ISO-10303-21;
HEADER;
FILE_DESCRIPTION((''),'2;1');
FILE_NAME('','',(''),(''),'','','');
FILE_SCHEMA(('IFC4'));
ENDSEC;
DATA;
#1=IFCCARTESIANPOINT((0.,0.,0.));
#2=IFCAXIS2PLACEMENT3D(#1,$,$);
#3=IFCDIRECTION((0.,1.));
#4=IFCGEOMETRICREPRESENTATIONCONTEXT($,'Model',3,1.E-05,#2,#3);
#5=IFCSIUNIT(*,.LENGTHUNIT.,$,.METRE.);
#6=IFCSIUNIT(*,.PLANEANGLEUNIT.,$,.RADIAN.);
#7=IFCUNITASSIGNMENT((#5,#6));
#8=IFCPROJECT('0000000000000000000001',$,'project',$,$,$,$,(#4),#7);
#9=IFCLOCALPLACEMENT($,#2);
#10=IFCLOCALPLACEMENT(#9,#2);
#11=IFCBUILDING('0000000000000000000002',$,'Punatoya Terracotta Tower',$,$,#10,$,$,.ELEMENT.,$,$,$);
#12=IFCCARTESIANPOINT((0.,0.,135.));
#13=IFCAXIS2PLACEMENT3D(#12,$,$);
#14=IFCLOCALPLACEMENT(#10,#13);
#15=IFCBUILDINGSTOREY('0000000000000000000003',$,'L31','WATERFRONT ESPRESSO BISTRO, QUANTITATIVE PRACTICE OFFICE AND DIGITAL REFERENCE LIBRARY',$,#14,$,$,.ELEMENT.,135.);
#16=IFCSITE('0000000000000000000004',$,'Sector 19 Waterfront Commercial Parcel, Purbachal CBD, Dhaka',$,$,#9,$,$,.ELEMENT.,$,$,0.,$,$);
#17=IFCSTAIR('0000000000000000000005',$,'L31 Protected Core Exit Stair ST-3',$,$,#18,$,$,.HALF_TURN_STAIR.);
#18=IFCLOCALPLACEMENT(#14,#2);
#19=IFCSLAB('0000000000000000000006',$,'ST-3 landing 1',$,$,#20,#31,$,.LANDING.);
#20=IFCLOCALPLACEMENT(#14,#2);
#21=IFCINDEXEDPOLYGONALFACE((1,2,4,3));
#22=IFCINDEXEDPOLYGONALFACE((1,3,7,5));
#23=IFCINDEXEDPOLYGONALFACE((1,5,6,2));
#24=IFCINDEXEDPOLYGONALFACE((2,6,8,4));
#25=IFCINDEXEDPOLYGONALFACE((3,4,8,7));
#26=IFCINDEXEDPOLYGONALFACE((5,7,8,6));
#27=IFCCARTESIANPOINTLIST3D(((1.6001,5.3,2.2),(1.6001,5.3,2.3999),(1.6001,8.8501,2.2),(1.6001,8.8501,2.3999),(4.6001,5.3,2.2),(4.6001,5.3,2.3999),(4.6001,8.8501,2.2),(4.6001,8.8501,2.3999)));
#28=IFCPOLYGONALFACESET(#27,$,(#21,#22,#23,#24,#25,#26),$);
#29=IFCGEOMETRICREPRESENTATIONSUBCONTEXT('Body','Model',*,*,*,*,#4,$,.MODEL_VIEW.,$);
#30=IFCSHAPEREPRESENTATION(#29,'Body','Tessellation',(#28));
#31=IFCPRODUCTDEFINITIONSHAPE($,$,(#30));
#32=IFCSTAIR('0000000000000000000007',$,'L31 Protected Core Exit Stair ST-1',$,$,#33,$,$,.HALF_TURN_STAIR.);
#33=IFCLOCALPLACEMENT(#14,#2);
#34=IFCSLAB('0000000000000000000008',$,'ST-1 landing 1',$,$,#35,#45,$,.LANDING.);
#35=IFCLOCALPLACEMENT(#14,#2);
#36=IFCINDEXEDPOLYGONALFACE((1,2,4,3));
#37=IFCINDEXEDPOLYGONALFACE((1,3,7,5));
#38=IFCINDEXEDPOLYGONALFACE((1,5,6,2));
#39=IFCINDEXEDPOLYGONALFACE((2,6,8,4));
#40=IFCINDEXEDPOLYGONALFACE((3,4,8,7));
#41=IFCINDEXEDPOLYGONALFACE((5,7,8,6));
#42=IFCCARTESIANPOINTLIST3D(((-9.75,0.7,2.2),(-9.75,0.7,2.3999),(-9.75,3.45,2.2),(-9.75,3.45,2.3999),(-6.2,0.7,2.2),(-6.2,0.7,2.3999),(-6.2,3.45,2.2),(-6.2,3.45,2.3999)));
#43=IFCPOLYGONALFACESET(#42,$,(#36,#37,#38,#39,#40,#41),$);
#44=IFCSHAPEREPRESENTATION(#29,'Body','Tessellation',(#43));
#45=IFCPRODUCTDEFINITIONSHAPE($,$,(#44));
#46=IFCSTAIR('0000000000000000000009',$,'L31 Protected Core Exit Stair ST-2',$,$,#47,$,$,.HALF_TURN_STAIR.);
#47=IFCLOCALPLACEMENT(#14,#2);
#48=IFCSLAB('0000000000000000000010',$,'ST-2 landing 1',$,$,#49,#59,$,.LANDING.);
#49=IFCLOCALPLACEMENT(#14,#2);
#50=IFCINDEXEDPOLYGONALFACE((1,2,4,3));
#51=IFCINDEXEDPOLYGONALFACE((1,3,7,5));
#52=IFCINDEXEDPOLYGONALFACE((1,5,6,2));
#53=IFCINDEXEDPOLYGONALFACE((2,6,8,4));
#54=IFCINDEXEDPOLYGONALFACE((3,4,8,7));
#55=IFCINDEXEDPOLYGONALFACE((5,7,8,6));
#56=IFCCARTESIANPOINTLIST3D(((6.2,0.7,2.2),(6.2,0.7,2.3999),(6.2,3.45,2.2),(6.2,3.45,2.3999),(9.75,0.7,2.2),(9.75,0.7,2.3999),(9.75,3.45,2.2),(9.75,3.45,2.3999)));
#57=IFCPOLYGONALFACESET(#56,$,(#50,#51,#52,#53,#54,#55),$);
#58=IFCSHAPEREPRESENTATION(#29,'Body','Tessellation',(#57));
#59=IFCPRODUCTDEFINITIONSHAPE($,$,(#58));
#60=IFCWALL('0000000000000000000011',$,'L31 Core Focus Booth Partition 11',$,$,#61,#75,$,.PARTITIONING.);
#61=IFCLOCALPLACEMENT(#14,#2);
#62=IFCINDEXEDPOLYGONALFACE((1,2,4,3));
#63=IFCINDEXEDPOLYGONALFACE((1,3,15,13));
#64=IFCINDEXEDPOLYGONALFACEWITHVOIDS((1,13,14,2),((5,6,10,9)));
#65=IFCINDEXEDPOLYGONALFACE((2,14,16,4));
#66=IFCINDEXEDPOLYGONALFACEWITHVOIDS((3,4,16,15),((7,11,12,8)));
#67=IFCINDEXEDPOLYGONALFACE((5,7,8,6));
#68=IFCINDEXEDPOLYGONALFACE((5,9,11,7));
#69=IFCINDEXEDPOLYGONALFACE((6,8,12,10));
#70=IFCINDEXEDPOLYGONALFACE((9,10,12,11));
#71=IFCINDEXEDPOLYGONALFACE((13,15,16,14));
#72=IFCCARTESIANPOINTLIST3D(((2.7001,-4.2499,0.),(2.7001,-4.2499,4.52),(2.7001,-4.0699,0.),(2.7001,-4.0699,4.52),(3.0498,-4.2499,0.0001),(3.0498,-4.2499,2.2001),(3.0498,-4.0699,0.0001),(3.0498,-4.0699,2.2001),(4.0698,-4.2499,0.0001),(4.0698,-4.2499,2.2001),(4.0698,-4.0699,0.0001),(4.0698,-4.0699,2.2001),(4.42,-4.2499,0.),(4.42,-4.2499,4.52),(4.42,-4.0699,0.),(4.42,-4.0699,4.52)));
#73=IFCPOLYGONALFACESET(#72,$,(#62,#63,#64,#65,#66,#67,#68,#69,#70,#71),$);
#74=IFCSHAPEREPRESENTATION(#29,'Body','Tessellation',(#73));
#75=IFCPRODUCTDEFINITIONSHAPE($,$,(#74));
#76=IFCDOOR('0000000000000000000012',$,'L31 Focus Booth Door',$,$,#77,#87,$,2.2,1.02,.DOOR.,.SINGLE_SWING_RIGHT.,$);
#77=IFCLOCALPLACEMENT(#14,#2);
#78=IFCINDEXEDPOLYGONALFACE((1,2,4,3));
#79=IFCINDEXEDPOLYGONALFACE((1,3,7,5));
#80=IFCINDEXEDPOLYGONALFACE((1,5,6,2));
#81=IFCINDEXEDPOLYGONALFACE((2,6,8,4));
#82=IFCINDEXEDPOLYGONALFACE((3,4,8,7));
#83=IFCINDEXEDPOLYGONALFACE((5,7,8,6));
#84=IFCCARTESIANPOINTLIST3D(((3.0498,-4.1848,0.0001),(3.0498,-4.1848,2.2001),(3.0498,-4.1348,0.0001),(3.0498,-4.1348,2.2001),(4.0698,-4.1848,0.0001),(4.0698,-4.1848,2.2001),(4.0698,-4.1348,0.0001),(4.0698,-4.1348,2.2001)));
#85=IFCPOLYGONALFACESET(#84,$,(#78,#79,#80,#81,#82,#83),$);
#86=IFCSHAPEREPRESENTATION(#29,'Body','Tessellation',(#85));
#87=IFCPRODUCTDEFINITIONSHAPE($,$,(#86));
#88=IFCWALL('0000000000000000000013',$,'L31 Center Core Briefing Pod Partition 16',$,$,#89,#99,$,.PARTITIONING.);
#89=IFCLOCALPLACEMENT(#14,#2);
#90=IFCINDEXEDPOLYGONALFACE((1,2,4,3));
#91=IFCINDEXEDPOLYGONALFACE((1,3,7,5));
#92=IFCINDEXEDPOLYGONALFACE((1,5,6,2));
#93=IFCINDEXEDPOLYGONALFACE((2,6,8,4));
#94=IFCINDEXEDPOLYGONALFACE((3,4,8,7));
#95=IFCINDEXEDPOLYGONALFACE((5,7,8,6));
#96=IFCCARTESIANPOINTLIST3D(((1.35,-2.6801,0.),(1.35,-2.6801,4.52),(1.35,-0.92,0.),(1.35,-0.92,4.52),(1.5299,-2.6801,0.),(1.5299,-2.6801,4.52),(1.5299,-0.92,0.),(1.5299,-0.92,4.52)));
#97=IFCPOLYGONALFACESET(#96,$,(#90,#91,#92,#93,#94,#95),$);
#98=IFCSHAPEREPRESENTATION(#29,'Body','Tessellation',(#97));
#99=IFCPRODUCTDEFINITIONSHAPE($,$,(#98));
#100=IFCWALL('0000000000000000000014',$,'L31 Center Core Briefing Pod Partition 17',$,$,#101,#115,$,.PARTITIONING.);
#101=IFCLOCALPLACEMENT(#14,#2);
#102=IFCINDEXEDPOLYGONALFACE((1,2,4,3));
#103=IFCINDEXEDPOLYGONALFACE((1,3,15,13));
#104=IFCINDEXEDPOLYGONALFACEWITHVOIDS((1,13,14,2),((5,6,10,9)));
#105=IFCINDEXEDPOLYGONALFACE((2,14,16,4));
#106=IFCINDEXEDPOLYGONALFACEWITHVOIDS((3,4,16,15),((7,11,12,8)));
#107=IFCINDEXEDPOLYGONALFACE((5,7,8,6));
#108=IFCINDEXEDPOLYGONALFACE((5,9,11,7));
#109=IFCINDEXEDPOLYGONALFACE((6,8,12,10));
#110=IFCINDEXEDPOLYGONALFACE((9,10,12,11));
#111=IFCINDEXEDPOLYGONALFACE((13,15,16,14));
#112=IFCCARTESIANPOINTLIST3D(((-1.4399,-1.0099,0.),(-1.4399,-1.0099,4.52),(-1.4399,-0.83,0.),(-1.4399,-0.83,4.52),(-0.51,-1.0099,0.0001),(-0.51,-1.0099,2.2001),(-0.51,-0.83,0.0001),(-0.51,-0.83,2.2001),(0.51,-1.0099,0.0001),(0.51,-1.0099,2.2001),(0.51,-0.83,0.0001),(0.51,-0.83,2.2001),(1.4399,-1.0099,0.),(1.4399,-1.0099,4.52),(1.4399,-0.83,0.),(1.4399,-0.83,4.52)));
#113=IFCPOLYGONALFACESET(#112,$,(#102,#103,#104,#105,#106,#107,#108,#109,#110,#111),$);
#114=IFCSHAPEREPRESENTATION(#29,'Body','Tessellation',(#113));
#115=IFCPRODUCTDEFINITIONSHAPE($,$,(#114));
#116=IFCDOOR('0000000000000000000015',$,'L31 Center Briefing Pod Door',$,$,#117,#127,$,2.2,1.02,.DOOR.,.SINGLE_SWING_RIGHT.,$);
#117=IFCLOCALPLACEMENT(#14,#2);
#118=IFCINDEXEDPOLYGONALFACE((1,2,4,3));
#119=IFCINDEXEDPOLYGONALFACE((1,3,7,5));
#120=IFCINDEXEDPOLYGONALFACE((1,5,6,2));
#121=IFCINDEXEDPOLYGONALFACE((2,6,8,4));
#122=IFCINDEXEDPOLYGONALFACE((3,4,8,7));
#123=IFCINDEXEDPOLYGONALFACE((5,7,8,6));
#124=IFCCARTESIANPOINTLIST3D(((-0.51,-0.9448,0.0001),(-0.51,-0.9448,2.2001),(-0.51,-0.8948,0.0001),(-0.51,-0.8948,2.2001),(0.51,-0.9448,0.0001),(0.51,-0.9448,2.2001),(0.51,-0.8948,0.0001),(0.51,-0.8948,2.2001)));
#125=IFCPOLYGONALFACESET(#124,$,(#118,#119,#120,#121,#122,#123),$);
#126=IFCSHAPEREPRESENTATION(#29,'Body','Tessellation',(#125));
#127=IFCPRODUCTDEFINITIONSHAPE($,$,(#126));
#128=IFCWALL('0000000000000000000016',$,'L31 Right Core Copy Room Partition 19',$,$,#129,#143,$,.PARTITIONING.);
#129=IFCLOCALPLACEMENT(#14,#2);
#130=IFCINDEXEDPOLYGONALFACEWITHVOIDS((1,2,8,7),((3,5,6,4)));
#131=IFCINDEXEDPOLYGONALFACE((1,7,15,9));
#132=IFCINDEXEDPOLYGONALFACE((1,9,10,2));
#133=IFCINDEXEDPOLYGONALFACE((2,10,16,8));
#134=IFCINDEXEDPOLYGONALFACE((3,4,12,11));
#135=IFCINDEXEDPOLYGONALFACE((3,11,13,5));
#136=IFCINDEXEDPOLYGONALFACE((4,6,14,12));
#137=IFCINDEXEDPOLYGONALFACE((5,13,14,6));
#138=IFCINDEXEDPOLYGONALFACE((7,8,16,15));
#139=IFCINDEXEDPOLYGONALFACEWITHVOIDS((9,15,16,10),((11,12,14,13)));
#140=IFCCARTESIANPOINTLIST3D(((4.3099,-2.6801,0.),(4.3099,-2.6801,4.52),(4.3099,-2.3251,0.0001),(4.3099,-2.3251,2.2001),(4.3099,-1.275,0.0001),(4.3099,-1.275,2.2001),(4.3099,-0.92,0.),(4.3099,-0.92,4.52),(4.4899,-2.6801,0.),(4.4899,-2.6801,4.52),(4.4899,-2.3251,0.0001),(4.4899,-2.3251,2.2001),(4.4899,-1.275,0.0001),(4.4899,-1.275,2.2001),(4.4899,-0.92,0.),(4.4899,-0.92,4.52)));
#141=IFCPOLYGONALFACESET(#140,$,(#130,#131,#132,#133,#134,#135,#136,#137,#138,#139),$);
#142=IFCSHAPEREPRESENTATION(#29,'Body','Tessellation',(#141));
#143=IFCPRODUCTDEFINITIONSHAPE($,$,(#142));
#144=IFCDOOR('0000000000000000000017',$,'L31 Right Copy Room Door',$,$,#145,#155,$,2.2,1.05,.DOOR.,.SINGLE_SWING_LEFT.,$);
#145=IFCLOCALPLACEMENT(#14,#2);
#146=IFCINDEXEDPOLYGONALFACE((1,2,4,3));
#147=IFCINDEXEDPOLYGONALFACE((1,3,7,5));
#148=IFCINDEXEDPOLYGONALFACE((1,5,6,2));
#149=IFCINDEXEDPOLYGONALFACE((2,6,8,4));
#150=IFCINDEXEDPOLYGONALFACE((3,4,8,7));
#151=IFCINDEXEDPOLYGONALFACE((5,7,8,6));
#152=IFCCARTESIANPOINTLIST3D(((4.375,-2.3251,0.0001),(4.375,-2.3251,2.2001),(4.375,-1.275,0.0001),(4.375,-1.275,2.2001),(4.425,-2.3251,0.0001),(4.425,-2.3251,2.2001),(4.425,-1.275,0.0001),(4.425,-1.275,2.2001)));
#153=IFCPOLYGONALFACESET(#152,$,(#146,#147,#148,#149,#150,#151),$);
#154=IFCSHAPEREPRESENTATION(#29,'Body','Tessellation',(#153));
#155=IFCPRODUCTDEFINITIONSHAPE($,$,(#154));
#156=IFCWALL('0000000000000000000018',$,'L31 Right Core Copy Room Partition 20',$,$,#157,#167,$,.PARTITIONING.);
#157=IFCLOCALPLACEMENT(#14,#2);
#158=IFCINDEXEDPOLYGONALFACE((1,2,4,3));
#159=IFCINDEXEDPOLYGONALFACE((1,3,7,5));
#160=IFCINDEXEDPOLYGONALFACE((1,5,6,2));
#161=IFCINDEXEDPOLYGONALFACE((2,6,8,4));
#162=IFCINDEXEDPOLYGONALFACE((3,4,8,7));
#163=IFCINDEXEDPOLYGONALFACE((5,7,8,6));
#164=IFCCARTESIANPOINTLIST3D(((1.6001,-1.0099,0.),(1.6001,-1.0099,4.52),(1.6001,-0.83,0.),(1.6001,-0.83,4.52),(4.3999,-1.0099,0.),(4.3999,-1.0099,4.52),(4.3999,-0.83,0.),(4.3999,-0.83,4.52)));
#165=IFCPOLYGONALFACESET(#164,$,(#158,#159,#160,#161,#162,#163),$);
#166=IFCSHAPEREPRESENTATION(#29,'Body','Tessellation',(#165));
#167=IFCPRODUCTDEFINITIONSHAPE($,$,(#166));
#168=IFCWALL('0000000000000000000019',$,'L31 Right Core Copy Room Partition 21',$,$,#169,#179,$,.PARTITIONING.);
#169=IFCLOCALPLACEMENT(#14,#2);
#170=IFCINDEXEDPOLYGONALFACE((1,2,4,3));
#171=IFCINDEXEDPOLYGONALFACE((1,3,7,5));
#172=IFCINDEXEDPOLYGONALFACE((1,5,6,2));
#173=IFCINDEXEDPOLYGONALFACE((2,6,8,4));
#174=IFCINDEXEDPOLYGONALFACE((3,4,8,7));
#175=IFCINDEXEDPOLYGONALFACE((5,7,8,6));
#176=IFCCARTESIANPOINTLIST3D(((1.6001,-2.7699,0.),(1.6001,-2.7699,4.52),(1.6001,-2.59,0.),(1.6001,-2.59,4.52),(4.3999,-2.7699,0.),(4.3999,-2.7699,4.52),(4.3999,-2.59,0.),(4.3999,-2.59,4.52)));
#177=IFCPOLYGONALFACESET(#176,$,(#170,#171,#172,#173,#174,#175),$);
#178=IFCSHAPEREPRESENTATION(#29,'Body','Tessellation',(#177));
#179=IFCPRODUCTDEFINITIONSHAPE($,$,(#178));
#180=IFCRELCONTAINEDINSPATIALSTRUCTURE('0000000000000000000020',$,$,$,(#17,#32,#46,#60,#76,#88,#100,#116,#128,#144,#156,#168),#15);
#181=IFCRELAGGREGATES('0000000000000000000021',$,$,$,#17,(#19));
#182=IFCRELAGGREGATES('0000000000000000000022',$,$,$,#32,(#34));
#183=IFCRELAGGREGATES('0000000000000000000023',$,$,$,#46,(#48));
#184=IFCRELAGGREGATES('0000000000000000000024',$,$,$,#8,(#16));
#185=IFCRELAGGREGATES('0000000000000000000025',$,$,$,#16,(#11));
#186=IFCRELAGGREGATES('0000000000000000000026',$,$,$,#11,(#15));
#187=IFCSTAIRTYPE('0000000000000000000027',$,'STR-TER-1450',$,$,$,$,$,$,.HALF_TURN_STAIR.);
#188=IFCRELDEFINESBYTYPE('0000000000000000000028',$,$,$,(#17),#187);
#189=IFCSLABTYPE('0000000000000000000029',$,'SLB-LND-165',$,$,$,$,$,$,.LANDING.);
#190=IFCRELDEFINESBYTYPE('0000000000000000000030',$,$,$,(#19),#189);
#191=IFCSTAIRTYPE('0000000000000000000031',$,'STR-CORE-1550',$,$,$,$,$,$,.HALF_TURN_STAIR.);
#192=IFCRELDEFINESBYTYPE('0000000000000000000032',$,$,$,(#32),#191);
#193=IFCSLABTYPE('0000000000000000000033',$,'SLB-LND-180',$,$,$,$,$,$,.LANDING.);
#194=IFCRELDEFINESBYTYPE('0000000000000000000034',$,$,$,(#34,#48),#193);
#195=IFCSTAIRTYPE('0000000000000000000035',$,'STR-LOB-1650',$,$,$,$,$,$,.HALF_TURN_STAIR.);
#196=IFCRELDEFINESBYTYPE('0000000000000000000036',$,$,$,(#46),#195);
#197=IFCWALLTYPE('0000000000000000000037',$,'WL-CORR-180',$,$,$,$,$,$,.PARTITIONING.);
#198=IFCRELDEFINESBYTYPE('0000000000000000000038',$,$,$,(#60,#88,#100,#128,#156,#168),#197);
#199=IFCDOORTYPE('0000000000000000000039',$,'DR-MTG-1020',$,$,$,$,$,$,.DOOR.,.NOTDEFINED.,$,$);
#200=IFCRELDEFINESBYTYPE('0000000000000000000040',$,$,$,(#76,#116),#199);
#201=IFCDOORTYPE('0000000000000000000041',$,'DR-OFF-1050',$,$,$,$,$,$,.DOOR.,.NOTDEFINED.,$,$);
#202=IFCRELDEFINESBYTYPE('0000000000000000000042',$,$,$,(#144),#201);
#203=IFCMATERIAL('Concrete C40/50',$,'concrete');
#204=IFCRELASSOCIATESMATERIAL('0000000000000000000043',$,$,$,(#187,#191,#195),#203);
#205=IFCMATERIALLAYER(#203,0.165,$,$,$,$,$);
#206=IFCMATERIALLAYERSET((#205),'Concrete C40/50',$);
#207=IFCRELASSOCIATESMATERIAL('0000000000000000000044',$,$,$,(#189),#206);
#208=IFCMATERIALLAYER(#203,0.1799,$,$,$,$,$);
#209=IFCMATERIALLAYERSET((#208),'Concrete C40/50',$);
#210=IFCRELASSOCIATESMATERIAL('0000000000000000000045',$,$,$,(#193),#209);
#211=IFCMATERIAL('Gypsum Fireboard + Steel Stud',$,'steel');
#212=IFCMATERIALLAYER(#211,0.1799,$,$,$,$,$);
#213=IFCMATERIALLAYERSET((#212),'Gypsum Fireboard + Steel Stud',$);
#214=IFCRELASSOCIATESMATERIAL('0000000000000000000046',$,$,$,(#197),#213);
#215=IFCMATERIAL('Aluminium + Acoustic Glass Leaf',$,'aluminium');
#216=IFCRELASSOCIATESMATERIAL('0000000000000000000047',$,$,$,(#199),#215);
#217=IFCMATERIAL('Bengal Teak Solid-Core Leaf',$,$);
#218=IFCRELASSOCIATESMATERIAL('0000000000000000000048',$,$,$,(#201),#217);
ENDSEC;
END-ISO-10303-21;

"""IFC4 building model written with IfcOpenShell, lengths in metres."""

from ifc_helpers import new_model, si_unit, direction, frame, frame_2d, origin, place, context, subcontext, project, spatial, polyline, rectangle, outline, extrude, material, layer, layer_set, type_object, element, fill, aggregate, save


model = new_model("IFC4")

# Units and contexts
model_context = context("Model", 3, precision=1e-05, world=origin(), true_north=direction((0.0, 1.0)))
body_context = subcontext(model_context, "Body", "Model", "MODEL_VIEW")
ifc_project = project(units=[si_unit("LENGTHUNIT", "METRE"), si_unit("PLANEANGLEUNIT", "RADIAN")], contexts=[model_context])

# Site, building, storey
site_placement = place(None, origin())
site = spatial("IfcSite", under=ifc_project, at=site_placement, Name="Sector 19 Waterfront Commercial Parcel, Purbachal CBD, Dhaka", CompositionType="ELEMENT", RefElevation=0.0)
building_placement = place(site_placement, origin())
building = spatial("IfcBuilding", under=site, at=building_placement, Name="Punatoya Terracotta Tower", CompositionType="ELEMENT")
storey_placement = place(building_placement, frame((0.0, 0.0, 135.0)))
storey = spatial("IfcBuildingStorey", under=building, at=storey_placement, Name="L31", Description="WATERFRONT ESPRESSO BISTRO, QUANTITATIVE PRACTICE OFFICE AND DIGITAL REFERENCE LIBRARY", CompositionType="ELEMENT", Elevation=135.0)

# Stairs, slabs
ifc_material_1 = material(Name="Concrete C40/50", Category="concrete")
stair_type_1 = type_object("IfcStairType", Name="STR-TER-1450", PredefinedType="HALF_TURN_STAIR", material=ifc_material_1)
stair_1_placement = place(storey_placement, origin())
stair_1 = element("IfcStair", 1, at=stair_1_placement, inside=storey, type_object=stair_type_1, Name="L31 Protected Core Exit Stair ST-3", PredefinedType="HALF_TURN_STAIR")
ifc_layer_1 = layer(ifc_material_1, 0.165)
ifc_layer_set_1 = layer_set([ifc_layer_1], Name="Concrete C40/50")
slab_type_1 = type_object("IfcSlabType", Name="SLB-LND-165", PredefinedType="LANDING", material=ifc_layer_set_1)
slab_1_placement = place(storey_placement, frame((0.0, 0.0, 2.2)))
slab_1 = element("IfcSlab", 2, at=slab_1_placement, type_object=slab_type_1, Name="ST-3 landing 1", PredefinedType="LANDING", context=body_context, shape_type="SweptSolid", body=[
    extrude(outline(polyline([(1.6001, 5.3), (4.6001, 5.3), (4.6001, 8.8501), (1.6001, 8.8501), (1.6001, 5.3)])), origin(), (0.0, 0.0, 1.0), 0.2),
])
aggregate(stair_1, [slab_1])
stair_type_2 = type_object("IfcStairType", Name="STR-CORE-1550", PredefinedType="HALF_TURN_STAIR", material=ifc_material_1)
stair_2_placement = place(storey_placement, origin())
stair_2 = element("IfcStair", 3, at=stair_2_placement, inside=storey, type_object=stair_type_2, Name="L31 Protected Core Exit Stair ST-1", PredefinedType="HALF_TURN_STAIR")
ifc_layer_2 = layer(ifc_material_1, 0.1799)
ifc_layer_set_2 = layer_set([ifc_layer_2], Name="Concrete C40/50")
slab_type_2 = type_object("IfcSlabType", Name="SLB-LND-180", PredefinedType="LANDING", material=ifc_layer_set_2)
slab_2_placement = place(storey_placement, frame((0.0, 0.0, 2.2)))
slab_2 = element("IfcSlab", 4, at=slab_2_placement, type_object=slab_type_2, Name="ST-1 landing 1", PredefinedType="LANDING", context=body_context, shape_type="SweptSolid", body=[
    extrude(outline(polyline([(-6.2, 0.7), (-6.2, 3.45), (-9.75, 3.45), (-9.75, 0.7), (-6.2, 0.7)])), origin(), (0.0, 0.0, 1.0), 0.2),
])
aggregate(stair_2, [slab_2])
stair_type_3 = type_object("IfcStairType", Name="STR-LOB-1650", PredefinedType="HALF_TURN_STAIR", material=ifc_material_1)
stair_3_placement = place(storey_placement, origin())
stair_3 = element("IfcStair", 5, at=stair_3_placement, inside=storey, type_object=stair_type_3, Name="L31 Protected Core Exit Stair ST-2", PredefinedType="HALF_TURN_STAIR")
slab_3_placement = place(storey_placement, frame((0.0, 0.0, 2.2)))
slab_3 = element("IfcSlab", 6, at=slab_3_placement, type_object=slab_type_2, Name="ST-2 landing 1", PredefinedType="LANDING", context=body_context, shape_type="SweptSolid", body=[
    extrude(outline(polyline([(9.75, 0.7), (9.75, 3.45), (6.2, 3.45), (6.2, 0.7), (9.75, 0.7)])), origin(), (0.0, 0.0, 1.0), 0.2),
])
aggregate(stair_3, [slab_3])

# Wall, opening, door
ifc_material_2 = material(Name="Gypsum Fireboard + Steel Stud", Category="steel")
ifc_layer_3 = layer(ifc_material_2, 0.1799)
ifc_layer_set_3 = layer_set([ifc_layer_3], Name="Gypsum Fireboard + Steel Stud")
wall_type_1 = type_object("IfcWallType", Name="WL-CORR-180", PredefinedType="PARTITIONING", material=ifc_layer_set_3)
wall_1_placement = place(storey_placement, frame((4.4199, -4.1599, 0.0), z_axis=(0.0, 0.0, 1.0), x_axis=(-1.0, 0.0, 0.0)))
wall_1 = element("IfcWall", 7, at=wall_1_placement, inside=storey, type_object=wall_type_1, Name="L31 Core Focus Booth Partition 11", PredefinedType="PARTITIONING", context=body_context, shape_type="SweptSolid", body=[
    extrude(rectangle(XDim=1.72, YDim=0.1799, at=frame_2d((0.8599, 0.0))), origin(), (0.0, 0.0, 1.0), 4.52),
])
opening_1_placement = place(wall_1_placement, frame((0.3501, 0.0, 0.0)))
opening_1 = element("IfcOpeningElement", 8, at=opening_1_placement, cuts=wall_1, PredefinedType="OPENING", context=body_context, shape_type="SweptSolid", body=[
    extrude(rectangle(XDim=1.02, YDim=2.2, at=frame_2d((0.51, 1.1001))), frame((0.0, 0.0999, 0.0), z_axis=(0.0, -1.0, 0.0), x_axis=(1.0, 0.0, 0.0)), (0.0, 0.0, 1.0), 0.2),
])
ifc_material_3 = material(Name="Aluminium + Acoustic Glass Leaf", Category="aluminium")
door_type_1 = type_object("IfcDoorType", Name="DR-MTG-1020", OperationType="NOTDEFINED", PredefinedType="DOOR", material=ifc_material_3)
door_1_placement = place(opening_1_placement, origin())
door_1 = element("IfcDoor", 9, at=door_1_placement, inside=storey, type_object=door_type_1, Name="L31 Focus Booth Door", OperationType="SINGLE_SWING_RIGHT", OverallHeight=2.2, OverallWidth=1.02, PredefinedType="DOOR", context=body_context, shape_type="SweptSolid", body=[
    extrude(rectangle(XDim=1.02, YDim=2.2, at=frame_2d((0.51, 1.1001))), frame((0.0, 0.0249, 0.0), z_axis=(0.0, -1.0, 0.0), x_axis=(1.0, 0.0, 0.0)), (0.0, 0.0, 1.0), 0.05),
])
fill(opening_1, door_1)

# Wall
wall_2_placement = place(storey_placement, frame((1.4399, -2.6799, 0.0), z_axis=(0.0, 0.0, 1.0), x_axis=(0.0, 1.0, 0.0)))
element("IfcWall", 10, at=wall_2_placement, inside=storey, type_object=wall_type_1, Name="L31 Center Core Briefing Pod Partition 16", PredefinedType="PARTITIONING", context=body_context, shape_type="SweptSolid", body=[
    extrude(rectangle(XDim=1.76, YDim=0.1799, at=frame_2d((0.8799, 0.0))), origin(), (0.0, 0.0, 1.0), 4.52),
])

# Walls, openings, doors
wall_3_placement = place(storey_placement, frame((1.4399, -0.9199, 0.0), z_axis=(0.0, 0.0, 1.0), x_axis=(-1.0, 0.0, 0.0)))
wall_3 = element("IfcWall", 11, at=wall_3_placement, inside=storey, type_object=wall_type_1, Name="L31 Center Core Briefing Pod Partition 17", PredefinedType="PARTITIONING", context=body_context, shape_type="SweptSolid", body=[
    extrude(rectangle(XDim=2.8799, YDim=0.1799, at=frame_2d((1.4399, 0.0))), origin(), (0.0, 0.0, 1.0), 4.52),
])
opening_2_placement = place(wall_3_placement, frame((0.9299, 0.0, 0.0)))
opening_2 = element("IfcOpeningElement", 12, at=opening_2_placement, cuts=wall_3, PredefinedType="OPENING", context=body_context, shape_type="SweptSolid", body=[
    extrude(rectangle(XDim=1.02, YDim=2.2, at=frame_2d((0.51, 1.1001))), frame((0.0, 0.0999, 0.0), z_axis=(0.0, -1.0, 0.0), x_axis=(1.0, 0.0, 0.0)), (0.0, 0.0, 1.0), 0.2),
])
door_2_placement = place(opening_2_placement, origin())
door_2 = element("IfcDoor", 13, at=door_2_placement, inside=storey, type_object=door_type_1, Name="L31 Center Briefing Pod Door", OperationType="SINGLE_SWING_RIGHT", OverallHeight=2.2, OverallWidth=1.02, PredefinedType="DOOR", context=body_context, shape_type="SweptSolid", body=[
    extrude(rectangle(XDim=1.02, YDim=2.2, at=frame_2d((0.51, 1.1001))), frame((0.0, 0.0249, 0.0), z_axis=(0.0, -1.0, 0.0), x_axis=(1.0, 0.0, 0.0)), (0.0, 0.0, 1.0), 0.05),
])
fill(opening_2, door_2)
wall_4_placement = place(storey_placement, frame((4.3999, -2.6799, 0.0), z_axis=(0.0, 0.0, 1.0), x_axis=(0.0, 1.0, 0.0)))
wall_4 = element("IfcWall", 14, at=wall_4_placement, inside=storey, type_object=wall_type_1, Name="L31 Right Core Copy Room Partition 19", PredefinedType="PARTITIONING", context=body_context, shape_type="SweptSolid", body=[
    extrude(rectangle(XDim=1.76, YDim=0.1799, at=frame_2d((0.8799, 0.0))), origin(), (0.0, 0.0, 1.0), 4.52),
])
opening_3_placement = place(wall_4_placement, frame((0.355, 0.0, 0.0)))
opening_3 = element("IfcOpeningElement", 15, at=opening_3_placement, cuts=wall_4, PredefinedType="OPENING", context=body_context, shape_type="SweptSolid", body=[
    extrude(rectangle(XDim=1.05, YDim=2.2, at=frame_2d((0.5249, 1.1001))), frame((0.0, 0.0999, 0.0), z_axis=(0.0, -1.0, 0.0), x_axis=(1.0, 0.0, 0.0)), (0.0, 0.0, 1.0), 0.2),
])
ifc_material_4 = material(Name="Bengal Teak Solid-Core Leaf")
door_type_2 = type_object("IfcDoorType", Name="DR-OFF-1050", OperationType="NOTDEFINED", PredefinedType="DOOR", material=ifc_material_4)
door_3_placement = place(opening_3_placement, origin())
door_3 = element("IfcDoor", 16, at=door_3_placement, inside=storey, type_object=door_type_2, Name="L31 Right Copy Room Door", OperationType="SINGLE_SWING_LEFT", OverallHeight=2.2, OverallWidth=1.05, PredefinedType="DOOR", context=body_context, shape_type="SweptSolid", body=[
    extrude(rectangle(XDim=1.05, YDim=2.2, at=frame_2d((0.5249, 1.1001))), frame((0.0, 0.0249, 0.0), z_axis=(0.0, -1.0, 0.0), x_axis=(1.0, 0.0, 0.0)), (0.0, 0.0, 1.0), 0.05),
])
fill(opening_3, door_3)

# Walls
for number, where, z_axis, x_axis, name in (
    (17, (4.3999, -0.9199, 0.0), (0.0, 0.0, 1.0), (-1.0, 0.0, 0.0), "L31 Right Core Copy Room Partition 20"),
    (18, (1.6001, -2.6799, 0.0), (0.0, 0.0, 1.0), (1.0, 0.0, 0.0), "L31 Right Core Copy Room Partition 21"),
):
    element("IfcWall", number, at=place(storey_placement, frame(where, z_axis=z_axis, x_axis=x_axis)), inside=storey, type_object=wall_type_1, Name=name, PredefinedType="PARTITIONING", context=body_context, shape_type="SweptSolid", body=[
        extrude(rectangle(XDim=2.7998, YDim=0.1799, at=frame_2d((1.3999, 0.0))), origin(), (0.0, 0.0, 1.0), 4.52),
    ])

save(model, "model.ifc")
